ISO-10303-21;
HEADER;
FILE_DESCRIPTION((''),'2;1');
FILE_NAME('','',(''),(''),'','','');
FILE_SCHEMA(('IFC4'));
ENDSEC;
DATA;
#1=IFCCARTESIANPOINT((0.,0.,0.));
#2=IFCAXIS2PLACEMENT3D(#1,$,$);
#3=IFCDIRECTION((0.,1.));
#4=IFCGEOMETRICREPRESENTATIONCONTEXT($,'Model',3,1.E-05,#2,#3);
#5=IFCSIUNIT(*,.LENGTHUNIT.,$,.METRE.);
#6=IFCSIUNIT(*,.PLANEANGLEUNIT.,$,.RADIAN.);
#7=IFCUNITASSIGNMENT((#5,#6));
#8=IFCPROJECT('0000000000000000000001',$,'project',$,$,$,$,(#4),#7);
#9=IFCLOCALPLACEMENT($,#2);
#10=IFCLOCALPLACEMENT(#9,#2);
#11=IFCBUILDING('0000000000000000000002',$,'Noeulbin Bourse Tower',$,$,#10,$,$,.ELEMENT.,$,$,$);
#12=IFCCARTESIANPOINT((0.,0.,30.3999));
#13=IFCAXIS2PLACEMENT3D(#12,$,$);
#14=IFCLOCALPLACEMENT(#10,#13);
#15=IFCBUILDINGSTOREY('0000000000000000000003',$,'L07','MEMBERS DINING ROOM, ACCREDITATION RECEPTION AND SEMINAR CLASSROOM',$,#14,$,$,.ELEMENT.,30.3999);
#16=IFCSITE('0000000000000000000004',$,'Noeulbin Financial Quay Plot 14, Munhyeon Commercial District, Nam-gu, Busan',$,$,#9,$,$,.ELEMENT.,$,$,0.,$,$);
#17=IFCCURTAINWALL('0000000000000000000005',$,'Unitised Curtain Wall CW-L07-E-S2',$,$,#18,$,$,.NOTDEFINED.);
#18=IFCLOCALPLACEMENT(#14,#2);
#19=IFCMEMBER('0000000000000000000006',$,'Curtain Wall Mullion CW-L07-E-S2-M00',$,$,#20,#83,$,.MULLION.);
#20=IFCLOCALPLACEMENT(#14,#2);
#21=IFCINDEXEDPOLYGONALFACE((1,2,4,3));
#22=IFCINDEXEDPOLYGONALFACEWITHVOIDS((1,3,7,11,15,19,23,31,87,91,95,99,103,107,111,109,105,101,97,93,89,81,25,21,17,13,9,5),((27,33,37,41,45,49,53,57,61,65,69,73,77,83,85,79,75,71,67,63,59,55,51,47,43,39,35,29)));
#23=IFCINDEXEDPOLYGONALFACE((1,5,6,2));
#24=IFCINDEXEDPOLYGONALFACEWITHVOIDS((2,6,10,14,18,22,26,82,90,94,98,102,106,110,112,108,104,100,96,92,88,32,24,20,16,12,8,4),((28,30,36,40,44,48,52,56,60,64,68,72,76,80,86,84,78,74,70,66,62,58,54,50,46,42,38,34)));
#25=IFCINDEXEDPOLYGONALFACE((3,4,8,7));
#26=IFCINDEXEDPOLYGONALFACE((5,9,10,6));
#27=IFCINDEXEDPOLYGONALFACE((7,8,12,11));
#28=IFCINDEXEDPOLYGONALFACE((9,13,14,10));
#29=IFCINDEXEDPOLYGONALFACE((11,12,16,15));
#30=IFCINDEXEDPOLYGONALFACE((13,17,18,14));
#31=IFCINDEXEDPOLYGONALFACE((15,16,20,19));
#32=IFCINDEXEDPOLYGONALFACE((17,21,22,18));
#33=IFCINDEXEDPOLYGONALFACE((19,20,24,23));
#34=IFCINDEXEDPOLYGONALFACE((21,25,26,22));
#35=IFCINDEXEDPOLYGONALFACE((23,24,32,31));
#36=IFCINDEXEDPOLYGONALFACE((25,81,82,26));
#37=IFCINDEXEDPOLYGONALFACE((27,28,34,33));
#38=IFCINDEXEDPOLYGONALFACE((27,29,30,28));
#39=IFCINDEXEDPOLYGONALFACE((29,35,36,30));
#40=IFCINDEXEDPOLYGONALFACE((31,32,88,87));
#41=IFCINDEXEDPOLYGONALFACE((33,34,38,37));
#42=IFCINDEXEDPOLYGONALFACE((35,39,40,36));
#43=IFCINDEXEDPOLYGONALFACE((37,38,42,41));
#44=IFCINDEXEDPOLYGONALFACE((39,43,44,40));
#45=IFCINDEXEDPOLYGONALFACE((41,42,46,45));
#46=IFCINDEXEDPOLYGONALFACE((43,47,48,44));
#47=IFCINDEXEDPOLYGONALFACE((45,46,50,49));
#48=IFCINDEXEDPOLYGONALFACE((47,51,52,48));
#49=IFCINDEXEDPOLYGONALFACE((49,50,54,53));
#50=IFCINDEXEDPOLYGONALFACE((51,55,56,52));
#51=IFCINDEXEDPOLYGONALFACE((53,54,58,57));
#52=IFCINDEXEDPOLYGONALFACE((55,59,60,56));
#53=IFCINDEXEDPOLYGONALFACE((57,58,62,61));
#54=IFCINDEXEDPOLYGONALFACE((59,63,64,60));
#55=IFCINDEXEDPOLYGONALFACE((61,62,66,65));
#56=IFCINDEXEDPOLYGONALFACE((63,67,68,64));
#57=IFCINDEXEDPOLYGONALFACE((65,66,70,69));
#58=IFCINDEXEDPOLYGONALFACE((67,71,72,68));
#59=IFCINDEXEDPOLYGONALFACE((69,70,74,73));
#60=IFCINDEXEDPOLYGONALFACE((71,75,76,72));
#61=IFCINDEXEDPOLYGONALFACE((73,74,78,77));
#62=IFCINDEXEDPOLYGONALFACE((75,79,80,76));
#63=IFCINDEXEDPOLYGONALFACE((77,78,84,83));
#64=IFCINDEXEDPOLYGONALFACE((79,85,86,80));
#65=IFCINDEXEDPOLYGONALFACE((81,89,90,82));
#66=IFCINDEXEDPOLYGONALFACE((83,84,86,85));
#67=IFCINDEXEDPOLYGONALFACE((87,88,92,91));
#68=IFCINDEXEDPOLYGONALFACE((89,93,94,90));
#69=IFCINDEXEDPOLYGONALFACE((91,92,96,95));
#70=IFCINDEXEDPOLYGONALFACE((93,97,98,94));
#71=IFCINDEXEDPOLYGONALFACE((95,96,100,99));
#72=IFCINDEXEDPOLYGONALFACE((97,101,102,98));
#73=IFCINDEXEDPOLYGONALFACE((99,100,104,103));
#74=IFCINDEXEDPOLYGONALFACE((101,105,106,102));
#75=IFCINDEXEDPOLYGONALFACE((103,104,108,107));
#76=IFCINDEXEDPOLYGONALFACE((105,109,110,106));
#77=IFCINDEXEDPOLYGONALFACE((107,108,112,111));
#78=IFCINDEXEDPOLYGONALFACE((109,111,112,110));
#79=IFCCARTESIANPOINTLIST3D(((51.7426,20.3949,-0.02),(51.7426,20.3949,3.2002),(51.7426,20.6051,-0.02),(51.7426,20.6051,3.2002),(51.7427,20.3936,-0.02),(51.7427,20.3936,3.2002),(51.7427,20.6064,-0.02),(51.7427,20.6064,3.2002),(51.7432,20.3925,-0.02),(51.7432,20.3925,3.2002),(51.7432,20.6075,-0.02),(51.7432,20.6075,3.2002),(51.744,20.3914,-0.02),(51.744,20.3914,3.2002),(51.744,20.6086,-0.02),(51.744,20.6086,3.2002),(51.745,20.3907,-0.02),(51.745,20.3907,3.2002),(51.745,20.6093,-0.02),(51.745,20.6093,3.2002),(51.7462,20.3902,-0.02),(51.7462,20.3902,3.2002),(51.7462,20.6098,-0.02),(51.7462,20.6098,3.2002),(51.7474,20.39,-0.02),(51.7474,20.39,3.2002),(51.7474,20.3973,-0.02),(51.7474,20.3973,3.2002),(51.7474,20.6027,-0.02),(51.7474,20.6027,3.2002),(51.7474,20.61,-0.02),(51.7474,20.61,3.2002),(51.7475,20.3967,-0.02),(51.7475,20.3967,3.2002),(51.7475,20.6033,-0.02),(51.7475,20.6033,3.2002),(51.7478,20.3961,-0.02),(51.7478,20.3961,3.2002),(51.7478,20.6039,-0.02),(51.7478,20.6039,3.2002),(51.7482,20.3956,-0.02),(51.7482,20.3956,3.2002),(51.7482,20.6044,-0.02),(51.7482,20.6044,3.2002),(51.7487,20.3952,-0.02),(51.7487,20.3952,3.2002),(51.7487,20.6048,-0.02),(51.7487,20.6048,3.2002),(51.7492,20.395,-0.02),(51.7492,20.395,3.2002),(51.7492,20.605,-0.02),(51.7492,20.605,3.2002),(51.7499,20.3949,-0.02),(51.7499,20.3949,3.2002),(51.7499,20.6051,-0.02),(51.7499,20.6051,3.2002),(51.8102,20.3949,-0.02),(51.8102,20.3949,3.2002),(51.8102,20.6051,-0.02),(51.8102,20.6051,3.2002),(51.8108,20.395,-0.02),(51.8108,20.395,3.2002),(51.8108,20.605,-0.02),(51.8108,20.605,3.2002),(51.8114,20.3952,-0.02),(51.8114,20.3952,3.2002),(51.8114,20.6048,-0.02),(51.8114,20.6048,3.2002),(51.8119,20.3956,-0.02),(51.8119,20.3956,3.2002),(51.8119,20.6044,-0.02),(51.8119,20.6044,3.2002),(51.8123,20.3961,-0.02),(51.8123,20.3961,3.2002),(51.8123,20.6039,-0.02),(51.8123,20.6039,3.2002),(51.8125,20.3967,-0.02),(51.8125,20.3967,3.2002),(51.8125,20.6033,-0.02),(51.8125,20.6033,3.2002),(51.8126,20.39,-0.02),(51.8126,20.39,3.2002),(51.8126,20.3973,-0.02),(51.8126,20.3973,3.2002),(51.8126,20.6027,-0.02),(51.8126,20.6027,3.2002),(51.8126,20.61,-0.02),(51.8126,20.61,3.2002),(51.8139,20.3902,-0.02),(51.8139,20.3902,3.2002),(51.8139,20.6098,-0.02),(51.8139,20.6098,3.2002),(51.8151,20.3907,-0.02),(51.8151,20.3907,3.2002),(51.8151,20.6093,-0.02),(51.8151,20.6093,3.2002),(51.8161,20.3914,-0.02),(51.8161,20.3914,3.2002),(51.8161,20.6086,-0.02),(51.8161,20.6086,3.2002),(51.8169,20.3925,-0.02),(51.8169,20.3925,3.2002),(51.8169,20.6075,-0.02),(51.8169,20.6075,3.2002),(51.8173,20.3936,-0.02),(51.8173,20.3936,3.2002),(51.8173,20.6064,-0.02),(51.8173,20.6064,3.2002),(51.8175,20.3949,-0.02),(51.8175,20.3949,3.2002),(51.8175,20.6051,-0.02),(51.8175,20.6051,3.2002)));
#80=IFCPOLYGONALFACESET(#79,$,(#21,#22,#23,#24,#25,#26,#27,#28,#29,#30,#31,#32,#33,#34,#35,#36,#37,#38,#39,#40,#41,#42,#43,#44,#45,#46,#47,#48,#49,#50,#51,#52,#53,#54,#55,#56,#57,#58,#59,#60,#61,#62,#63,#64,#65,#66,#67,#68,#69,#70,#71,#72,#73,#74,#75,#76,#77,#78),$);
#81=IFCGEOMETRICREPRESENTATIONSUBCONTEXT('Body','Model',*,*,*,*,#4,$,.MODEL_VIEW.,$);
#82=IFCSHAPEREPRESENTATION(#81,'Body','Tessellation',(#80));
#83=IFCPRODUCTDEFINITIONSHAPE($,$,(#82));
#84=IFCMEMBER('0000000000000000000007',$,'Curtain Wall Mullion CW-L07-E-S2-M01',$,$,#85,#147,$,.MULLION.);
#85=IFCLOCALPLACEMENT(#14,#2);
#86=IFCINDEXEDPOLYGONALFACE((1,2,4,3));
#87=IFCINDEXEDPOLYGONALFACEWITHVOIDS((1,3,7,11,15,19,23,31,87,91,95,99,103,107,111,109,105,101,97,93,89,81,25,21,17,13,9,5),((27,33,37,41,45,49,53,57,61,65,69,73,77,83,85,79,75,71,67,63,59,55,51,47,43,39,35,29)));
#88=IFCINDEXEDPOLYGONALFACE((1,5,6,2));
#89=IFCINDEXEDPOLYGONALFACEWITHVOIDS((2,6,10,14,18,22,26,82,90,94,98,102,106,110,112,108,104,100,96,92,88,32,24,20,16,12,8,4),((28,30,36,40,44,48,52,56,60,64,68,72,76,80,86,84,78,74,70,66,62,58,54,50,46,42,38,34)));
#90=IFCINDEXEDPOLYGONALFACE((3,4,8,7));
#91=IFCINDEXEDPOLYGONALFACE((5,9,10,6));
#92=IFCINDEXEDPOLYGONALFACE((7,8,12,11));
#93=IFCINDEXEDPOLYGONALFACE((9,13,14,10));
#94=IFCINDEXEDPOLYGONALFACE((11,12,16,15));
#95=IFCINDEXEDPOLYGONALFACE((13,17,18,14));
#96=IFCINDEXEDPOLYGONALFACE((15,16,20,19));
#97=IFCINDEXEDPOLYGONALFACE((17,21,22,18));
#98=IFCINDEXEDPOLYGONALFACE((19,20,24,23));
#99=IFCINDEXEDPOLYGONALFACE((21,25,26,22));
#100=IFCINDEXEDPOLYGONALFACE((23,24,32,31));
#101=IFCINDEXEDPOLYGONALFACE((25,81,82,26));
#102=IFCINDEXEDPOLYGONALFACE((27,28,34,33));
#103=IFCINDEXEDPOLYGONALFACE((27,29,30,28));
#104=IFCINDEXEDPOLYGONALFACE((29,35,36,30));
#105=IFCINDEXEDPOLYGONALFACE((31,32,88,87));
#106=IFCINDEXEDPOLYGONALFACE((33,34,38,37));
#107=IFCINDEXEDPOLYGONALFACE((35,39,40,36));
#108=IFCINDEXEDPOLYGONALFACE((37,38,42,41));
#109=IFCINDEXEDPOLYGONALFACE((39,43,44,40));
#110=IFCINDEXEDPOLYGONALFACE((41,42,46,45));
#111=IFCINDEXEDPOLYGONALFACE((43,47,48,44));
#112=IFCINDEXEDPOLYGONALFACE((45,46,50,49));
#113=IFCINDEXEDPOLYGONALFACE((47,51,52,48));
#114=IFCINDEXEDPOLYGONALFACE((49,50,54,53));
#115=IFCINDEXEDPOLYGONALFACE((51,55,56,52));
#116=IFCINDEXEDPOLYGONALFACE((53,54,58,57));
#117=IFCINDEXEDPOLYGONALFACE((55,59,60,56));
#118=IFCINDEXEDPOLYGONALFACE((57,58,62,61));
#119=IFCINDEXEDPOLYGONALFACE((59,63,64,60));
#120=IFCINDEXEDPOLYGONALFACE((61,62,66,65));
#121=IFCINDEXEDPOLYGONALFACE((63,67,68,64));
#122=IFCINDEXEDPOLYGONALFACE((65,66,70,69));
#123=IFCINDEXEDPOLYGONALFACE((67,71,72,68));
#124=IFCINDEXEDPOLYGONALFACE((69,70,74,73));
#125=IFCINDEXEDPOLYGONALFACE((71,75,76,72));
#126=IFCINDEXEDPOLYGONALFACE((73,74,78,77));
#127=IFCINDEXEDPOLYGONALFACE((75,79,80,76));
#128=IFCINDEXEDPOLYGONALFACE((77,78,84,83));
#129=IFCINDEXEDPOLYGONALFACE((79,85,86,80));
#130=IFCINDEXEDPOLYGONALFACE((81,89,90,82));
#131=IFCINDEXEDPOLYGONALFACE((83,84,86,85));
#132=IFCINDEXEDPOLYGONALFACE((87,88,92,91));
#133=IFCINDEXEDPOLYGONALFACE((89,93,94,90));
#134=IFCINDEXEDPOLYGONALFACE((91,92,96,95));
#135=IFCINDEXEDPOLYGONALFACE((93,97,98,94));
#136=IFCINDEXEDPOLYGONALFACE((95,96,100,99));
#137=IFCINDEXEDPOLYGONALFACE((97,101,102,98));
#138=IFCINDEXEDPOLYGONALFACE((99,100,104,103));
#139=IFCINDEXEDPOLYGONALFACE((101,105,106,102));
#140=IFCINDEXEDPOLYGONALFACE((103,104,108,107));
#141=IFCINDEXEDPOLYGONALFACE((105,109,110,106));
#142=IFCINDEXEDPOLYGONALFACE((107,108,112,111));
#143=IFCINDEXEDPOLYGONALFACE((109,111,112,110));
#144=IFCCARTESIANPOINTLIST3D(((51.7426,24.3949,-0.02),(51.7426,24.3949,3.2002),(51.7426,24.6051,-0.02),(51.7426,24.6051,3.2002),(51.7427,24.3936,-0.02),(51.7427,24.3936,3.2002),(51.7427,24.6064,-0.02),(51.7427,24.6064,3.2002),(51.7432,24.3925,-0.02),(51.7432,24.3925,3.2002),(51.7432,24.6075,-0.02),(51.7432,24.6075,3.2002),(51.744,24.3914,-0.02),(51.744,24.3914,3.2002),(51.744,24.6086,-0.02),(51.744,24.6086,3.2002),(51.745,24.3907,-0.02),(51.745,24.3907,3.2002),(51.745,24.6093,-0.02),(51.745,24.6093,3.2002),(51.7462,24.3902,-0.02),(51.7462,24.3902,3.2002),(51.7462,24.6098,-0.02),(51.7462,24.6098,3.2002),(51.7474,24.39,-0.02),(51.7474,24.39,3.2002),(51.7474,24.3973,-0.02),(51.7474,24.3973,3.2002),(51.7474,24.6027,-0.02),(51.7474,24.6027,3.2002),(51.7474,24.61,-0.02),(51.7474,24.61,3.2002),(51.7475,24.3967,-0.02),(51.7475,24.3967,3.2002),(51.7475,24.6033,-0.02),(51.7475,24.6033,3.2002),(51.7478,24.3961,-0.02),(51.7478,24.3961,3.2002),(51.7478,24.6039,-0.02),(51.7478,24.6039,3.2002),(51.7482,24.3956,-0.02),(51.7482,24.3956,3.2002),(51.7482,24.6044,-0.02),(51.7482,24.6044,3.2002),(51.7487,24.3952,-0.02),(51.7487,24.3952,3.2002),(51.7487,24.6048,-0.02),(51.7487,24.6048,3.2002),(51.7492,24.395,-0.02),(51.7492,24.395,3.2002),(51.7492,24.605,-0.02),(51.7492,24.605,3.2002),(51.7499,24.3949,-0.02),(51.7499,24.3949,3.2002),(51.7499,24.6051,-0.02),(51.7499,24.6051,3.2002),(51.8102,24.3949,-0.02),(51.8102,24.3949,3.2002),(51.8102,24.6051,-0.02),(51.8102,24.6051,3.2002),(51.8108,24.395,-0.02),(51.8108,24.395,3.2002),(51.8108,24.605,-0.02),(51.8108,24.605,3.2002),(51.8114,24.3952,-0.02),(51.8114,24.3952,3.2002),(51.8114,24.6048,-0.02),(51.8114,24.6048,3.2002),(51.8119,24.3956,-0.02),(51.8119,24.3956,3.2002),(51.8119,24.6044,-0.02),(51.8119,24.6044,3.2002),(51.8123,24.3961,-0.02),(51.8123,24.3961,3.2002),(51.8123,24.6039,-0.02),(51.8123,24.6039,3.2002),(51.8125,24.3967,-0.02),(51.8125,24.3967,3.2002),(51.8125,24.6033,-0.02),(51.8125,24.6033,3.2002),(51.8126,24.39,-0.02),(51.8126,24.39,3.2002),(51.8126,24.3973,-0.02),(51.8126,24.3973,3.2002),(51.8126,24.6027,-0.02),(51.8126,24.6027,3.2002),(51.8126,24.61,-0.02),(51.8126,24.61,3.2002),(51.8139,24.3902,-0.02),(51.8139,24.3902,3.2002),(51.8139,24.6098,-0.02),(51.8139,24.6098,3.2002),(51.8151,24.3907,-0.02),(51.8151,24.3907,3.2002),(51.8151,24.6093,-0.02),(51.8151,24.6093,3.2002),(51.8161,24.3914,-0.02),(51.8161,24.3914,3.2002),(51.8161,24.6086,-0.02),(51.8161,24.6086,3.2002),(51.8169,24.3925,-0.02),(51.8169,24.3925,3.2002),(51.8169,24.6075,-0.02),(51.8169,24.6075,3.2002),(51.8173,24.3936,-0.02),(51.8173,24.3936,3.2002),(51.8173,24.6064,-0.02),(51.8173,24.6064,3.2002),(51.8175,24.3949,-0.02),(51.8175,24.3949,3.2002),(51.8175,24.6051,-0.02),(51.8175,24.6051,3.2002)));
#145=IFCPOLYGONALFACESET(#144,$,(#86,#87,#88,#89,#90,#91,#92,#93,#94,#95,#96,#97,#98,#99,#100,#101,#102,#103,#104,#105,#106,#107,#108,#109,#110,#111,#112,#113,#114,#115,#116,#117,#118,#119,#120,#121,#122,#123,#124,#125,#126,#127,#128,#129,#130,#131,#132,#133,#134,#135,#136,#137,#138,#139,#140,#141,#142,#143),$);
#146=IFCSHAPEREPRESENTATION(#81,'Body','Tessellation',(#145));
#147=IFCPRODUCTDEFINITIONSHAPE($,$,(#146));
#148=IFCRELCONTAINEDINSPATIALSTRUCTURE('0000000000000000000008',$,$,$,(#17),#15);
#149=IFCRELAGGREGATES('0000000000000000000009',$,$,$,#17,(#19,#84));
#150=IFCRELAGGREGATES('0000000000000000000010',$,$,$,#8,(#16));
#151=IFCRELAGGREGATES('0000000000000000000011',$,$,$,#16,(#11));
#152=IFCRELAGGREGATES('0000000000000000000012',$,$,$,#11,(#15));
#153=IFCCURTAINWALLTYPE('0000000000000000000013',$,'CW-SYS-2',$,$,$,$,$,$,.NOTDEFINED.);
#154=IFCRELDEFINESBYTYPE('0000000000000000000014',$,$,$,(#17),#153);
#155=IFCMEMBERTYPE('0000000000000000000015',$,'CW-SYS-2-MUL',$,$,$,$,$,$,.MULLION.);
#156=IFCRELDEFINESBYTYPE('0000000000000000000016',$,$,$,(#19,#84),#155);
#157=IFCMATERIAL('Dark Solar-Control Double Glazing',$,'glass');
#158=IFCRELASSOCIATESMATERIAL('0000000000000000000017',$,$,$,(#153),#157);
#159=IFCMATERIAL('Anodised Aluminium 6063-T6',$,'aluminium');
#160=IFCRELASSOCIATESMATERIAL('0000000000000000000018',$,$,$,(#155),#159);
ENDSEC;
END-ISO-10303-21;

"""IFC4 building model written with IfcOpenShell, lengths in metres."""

from ifc_helpers import new_model, si_unit, direction, frame, origin, origin_2d, place, context, subcontext, project, spatial, hollow_rectangle, extrude, material, material_profile, profile_set, type_object, element, aggregate, save


model = new_model("IFC4")

# Units and contexts
model_context = context("Model", 3, precision=1e-05, world=origin(), true_north=direction((0.0, 1.0)))
body_context = subcontext(model_context, "Body", "Model", "MODEL_VIEW")
ifc_project = project(units=[si_unit("LENGTHUNIT", "METRE"), si_unit("PLANEANGLEUNIT", "RADIAN")], contexts=[model_context])

# Site, building, storey
site_placement = place(None, origin())
site = spatial("IfcSite", under=ifc_project, at=site_placement, Name="Noeulbin Financial Quay Plot 14, Munhyeon Commercial District, Nam-gu, Busan", CompositionType="ELEMENT", RefElevation=0.0)
building_placement = place(site_placement, origin())
building = spatial("IfcBuilding", under=site, at=building_placement, Name="Noeulbin Bourse Tower", CompositionType="ELEMENT")
storey_placement = place(building_placement, frame((0.0, 0.0, 30.3999)))
storey = spatial("IfcBuildingStorey", under=building, at=storey_placement, Name="L07", Description="MEMBERS DINING ROOM, ACCREDITATION RECEPTION AND SEMINAR CLASSROOM", CompositionType="ELEMENT", Elevation=30.3999)

# Curtain wall, members
ifc_material_1 = material(Name="Dark Solar-Control Double Glazing", Category="glass")
curtain_wall_type = type_object("IfcCurtainWallType", Name="CW-SYS-2", PredefinedType="NOTDEFINED", material=ifc_material_1)
ifc_material_2 = material(Name="Anodised Aluminium 6063-T6", Category="aluminium")
ifc_material_profile_1 = material_profile(ifc_material_2, hollow_rectangle(XDim=0.075, YDim=0.22, WallThickness=0.0049, InnerFilletRadius=0.0024, OuterFilletRadius=0.0049, at=origin_2d()), Name="ALU-MULL-75x220x5", Category="LoadBearing")
ifc_profile_set_1 = profile_set([ifc_material_profile_1], Name="Anodised Aluminium 6063-T6")
member_type_1 = type_object("IfcMemberType", Name="CW-SYS-2-MUL", PredefinedType="MULLION", material=ifc_profile_set_1)
curtain_wall_1_placement = place(storey_placement, origin())
curtain_wall_1 = element("IfcCurtainWall", 1, at=curtain_wall_1_placement, inside=storey, type_object=curtain_wall_type, Name="Unitised Curtain Wall CW-L07-E-S2", PredefinedType="NOTDEFINED")
member_1_placement = place(storey_placement, frame((51.78, 20.5, -0.02), z_axis=(0.0, 0.0, 1.0), x_axis=(1.0, 0.0, 0.0)))
member_1 = element("IfcMember", 2, at=member_1_placement, type_object=member_type_1, Name="Curtain Wall Mullion CW-L07-E-S2-M00", PredefinedType="MULLION", context=body_context, shape_type="SweptSolid", body=[
    extrude(hollow_rectangle(XDim=0.075, YDim=0.22, WallThickness=0.0049, InnerFilletRadius=0.0024, OuterFilletRadius=0.0049, at=origin_2d()), origin(), (0.0, 0.0, 1.0), 3.2202),
])
member_2_placement = place(storey_placement, frame((51.78, 24.5, -0.02), z_axis=(0.0, 0.0, 1.0), x_axis=(1.0, 0.0, 0.0)))
member_2 = element("IfcMember", 3, at=member_2_placement, type_object=member_type_1, Name="Curtain Wall Mullion CW-L07-E-S2-M01", PredefinedType="MULLION", context=body_context, shape_type="SweptSolid", body=[
    extrude(hollow_rectangle(XDim=0.075, YDim=0.22, WallThickness=0.0049, InnerFilletRadius=0.0024, OuterFilletRadius=0.0049, at=origin_2d()), origin(), (0.0, 0.0, 1.0), 3.2202),
])

aggregate(curtain_wall_1, [member_1, member_2])

save(model, "model.ifc")
